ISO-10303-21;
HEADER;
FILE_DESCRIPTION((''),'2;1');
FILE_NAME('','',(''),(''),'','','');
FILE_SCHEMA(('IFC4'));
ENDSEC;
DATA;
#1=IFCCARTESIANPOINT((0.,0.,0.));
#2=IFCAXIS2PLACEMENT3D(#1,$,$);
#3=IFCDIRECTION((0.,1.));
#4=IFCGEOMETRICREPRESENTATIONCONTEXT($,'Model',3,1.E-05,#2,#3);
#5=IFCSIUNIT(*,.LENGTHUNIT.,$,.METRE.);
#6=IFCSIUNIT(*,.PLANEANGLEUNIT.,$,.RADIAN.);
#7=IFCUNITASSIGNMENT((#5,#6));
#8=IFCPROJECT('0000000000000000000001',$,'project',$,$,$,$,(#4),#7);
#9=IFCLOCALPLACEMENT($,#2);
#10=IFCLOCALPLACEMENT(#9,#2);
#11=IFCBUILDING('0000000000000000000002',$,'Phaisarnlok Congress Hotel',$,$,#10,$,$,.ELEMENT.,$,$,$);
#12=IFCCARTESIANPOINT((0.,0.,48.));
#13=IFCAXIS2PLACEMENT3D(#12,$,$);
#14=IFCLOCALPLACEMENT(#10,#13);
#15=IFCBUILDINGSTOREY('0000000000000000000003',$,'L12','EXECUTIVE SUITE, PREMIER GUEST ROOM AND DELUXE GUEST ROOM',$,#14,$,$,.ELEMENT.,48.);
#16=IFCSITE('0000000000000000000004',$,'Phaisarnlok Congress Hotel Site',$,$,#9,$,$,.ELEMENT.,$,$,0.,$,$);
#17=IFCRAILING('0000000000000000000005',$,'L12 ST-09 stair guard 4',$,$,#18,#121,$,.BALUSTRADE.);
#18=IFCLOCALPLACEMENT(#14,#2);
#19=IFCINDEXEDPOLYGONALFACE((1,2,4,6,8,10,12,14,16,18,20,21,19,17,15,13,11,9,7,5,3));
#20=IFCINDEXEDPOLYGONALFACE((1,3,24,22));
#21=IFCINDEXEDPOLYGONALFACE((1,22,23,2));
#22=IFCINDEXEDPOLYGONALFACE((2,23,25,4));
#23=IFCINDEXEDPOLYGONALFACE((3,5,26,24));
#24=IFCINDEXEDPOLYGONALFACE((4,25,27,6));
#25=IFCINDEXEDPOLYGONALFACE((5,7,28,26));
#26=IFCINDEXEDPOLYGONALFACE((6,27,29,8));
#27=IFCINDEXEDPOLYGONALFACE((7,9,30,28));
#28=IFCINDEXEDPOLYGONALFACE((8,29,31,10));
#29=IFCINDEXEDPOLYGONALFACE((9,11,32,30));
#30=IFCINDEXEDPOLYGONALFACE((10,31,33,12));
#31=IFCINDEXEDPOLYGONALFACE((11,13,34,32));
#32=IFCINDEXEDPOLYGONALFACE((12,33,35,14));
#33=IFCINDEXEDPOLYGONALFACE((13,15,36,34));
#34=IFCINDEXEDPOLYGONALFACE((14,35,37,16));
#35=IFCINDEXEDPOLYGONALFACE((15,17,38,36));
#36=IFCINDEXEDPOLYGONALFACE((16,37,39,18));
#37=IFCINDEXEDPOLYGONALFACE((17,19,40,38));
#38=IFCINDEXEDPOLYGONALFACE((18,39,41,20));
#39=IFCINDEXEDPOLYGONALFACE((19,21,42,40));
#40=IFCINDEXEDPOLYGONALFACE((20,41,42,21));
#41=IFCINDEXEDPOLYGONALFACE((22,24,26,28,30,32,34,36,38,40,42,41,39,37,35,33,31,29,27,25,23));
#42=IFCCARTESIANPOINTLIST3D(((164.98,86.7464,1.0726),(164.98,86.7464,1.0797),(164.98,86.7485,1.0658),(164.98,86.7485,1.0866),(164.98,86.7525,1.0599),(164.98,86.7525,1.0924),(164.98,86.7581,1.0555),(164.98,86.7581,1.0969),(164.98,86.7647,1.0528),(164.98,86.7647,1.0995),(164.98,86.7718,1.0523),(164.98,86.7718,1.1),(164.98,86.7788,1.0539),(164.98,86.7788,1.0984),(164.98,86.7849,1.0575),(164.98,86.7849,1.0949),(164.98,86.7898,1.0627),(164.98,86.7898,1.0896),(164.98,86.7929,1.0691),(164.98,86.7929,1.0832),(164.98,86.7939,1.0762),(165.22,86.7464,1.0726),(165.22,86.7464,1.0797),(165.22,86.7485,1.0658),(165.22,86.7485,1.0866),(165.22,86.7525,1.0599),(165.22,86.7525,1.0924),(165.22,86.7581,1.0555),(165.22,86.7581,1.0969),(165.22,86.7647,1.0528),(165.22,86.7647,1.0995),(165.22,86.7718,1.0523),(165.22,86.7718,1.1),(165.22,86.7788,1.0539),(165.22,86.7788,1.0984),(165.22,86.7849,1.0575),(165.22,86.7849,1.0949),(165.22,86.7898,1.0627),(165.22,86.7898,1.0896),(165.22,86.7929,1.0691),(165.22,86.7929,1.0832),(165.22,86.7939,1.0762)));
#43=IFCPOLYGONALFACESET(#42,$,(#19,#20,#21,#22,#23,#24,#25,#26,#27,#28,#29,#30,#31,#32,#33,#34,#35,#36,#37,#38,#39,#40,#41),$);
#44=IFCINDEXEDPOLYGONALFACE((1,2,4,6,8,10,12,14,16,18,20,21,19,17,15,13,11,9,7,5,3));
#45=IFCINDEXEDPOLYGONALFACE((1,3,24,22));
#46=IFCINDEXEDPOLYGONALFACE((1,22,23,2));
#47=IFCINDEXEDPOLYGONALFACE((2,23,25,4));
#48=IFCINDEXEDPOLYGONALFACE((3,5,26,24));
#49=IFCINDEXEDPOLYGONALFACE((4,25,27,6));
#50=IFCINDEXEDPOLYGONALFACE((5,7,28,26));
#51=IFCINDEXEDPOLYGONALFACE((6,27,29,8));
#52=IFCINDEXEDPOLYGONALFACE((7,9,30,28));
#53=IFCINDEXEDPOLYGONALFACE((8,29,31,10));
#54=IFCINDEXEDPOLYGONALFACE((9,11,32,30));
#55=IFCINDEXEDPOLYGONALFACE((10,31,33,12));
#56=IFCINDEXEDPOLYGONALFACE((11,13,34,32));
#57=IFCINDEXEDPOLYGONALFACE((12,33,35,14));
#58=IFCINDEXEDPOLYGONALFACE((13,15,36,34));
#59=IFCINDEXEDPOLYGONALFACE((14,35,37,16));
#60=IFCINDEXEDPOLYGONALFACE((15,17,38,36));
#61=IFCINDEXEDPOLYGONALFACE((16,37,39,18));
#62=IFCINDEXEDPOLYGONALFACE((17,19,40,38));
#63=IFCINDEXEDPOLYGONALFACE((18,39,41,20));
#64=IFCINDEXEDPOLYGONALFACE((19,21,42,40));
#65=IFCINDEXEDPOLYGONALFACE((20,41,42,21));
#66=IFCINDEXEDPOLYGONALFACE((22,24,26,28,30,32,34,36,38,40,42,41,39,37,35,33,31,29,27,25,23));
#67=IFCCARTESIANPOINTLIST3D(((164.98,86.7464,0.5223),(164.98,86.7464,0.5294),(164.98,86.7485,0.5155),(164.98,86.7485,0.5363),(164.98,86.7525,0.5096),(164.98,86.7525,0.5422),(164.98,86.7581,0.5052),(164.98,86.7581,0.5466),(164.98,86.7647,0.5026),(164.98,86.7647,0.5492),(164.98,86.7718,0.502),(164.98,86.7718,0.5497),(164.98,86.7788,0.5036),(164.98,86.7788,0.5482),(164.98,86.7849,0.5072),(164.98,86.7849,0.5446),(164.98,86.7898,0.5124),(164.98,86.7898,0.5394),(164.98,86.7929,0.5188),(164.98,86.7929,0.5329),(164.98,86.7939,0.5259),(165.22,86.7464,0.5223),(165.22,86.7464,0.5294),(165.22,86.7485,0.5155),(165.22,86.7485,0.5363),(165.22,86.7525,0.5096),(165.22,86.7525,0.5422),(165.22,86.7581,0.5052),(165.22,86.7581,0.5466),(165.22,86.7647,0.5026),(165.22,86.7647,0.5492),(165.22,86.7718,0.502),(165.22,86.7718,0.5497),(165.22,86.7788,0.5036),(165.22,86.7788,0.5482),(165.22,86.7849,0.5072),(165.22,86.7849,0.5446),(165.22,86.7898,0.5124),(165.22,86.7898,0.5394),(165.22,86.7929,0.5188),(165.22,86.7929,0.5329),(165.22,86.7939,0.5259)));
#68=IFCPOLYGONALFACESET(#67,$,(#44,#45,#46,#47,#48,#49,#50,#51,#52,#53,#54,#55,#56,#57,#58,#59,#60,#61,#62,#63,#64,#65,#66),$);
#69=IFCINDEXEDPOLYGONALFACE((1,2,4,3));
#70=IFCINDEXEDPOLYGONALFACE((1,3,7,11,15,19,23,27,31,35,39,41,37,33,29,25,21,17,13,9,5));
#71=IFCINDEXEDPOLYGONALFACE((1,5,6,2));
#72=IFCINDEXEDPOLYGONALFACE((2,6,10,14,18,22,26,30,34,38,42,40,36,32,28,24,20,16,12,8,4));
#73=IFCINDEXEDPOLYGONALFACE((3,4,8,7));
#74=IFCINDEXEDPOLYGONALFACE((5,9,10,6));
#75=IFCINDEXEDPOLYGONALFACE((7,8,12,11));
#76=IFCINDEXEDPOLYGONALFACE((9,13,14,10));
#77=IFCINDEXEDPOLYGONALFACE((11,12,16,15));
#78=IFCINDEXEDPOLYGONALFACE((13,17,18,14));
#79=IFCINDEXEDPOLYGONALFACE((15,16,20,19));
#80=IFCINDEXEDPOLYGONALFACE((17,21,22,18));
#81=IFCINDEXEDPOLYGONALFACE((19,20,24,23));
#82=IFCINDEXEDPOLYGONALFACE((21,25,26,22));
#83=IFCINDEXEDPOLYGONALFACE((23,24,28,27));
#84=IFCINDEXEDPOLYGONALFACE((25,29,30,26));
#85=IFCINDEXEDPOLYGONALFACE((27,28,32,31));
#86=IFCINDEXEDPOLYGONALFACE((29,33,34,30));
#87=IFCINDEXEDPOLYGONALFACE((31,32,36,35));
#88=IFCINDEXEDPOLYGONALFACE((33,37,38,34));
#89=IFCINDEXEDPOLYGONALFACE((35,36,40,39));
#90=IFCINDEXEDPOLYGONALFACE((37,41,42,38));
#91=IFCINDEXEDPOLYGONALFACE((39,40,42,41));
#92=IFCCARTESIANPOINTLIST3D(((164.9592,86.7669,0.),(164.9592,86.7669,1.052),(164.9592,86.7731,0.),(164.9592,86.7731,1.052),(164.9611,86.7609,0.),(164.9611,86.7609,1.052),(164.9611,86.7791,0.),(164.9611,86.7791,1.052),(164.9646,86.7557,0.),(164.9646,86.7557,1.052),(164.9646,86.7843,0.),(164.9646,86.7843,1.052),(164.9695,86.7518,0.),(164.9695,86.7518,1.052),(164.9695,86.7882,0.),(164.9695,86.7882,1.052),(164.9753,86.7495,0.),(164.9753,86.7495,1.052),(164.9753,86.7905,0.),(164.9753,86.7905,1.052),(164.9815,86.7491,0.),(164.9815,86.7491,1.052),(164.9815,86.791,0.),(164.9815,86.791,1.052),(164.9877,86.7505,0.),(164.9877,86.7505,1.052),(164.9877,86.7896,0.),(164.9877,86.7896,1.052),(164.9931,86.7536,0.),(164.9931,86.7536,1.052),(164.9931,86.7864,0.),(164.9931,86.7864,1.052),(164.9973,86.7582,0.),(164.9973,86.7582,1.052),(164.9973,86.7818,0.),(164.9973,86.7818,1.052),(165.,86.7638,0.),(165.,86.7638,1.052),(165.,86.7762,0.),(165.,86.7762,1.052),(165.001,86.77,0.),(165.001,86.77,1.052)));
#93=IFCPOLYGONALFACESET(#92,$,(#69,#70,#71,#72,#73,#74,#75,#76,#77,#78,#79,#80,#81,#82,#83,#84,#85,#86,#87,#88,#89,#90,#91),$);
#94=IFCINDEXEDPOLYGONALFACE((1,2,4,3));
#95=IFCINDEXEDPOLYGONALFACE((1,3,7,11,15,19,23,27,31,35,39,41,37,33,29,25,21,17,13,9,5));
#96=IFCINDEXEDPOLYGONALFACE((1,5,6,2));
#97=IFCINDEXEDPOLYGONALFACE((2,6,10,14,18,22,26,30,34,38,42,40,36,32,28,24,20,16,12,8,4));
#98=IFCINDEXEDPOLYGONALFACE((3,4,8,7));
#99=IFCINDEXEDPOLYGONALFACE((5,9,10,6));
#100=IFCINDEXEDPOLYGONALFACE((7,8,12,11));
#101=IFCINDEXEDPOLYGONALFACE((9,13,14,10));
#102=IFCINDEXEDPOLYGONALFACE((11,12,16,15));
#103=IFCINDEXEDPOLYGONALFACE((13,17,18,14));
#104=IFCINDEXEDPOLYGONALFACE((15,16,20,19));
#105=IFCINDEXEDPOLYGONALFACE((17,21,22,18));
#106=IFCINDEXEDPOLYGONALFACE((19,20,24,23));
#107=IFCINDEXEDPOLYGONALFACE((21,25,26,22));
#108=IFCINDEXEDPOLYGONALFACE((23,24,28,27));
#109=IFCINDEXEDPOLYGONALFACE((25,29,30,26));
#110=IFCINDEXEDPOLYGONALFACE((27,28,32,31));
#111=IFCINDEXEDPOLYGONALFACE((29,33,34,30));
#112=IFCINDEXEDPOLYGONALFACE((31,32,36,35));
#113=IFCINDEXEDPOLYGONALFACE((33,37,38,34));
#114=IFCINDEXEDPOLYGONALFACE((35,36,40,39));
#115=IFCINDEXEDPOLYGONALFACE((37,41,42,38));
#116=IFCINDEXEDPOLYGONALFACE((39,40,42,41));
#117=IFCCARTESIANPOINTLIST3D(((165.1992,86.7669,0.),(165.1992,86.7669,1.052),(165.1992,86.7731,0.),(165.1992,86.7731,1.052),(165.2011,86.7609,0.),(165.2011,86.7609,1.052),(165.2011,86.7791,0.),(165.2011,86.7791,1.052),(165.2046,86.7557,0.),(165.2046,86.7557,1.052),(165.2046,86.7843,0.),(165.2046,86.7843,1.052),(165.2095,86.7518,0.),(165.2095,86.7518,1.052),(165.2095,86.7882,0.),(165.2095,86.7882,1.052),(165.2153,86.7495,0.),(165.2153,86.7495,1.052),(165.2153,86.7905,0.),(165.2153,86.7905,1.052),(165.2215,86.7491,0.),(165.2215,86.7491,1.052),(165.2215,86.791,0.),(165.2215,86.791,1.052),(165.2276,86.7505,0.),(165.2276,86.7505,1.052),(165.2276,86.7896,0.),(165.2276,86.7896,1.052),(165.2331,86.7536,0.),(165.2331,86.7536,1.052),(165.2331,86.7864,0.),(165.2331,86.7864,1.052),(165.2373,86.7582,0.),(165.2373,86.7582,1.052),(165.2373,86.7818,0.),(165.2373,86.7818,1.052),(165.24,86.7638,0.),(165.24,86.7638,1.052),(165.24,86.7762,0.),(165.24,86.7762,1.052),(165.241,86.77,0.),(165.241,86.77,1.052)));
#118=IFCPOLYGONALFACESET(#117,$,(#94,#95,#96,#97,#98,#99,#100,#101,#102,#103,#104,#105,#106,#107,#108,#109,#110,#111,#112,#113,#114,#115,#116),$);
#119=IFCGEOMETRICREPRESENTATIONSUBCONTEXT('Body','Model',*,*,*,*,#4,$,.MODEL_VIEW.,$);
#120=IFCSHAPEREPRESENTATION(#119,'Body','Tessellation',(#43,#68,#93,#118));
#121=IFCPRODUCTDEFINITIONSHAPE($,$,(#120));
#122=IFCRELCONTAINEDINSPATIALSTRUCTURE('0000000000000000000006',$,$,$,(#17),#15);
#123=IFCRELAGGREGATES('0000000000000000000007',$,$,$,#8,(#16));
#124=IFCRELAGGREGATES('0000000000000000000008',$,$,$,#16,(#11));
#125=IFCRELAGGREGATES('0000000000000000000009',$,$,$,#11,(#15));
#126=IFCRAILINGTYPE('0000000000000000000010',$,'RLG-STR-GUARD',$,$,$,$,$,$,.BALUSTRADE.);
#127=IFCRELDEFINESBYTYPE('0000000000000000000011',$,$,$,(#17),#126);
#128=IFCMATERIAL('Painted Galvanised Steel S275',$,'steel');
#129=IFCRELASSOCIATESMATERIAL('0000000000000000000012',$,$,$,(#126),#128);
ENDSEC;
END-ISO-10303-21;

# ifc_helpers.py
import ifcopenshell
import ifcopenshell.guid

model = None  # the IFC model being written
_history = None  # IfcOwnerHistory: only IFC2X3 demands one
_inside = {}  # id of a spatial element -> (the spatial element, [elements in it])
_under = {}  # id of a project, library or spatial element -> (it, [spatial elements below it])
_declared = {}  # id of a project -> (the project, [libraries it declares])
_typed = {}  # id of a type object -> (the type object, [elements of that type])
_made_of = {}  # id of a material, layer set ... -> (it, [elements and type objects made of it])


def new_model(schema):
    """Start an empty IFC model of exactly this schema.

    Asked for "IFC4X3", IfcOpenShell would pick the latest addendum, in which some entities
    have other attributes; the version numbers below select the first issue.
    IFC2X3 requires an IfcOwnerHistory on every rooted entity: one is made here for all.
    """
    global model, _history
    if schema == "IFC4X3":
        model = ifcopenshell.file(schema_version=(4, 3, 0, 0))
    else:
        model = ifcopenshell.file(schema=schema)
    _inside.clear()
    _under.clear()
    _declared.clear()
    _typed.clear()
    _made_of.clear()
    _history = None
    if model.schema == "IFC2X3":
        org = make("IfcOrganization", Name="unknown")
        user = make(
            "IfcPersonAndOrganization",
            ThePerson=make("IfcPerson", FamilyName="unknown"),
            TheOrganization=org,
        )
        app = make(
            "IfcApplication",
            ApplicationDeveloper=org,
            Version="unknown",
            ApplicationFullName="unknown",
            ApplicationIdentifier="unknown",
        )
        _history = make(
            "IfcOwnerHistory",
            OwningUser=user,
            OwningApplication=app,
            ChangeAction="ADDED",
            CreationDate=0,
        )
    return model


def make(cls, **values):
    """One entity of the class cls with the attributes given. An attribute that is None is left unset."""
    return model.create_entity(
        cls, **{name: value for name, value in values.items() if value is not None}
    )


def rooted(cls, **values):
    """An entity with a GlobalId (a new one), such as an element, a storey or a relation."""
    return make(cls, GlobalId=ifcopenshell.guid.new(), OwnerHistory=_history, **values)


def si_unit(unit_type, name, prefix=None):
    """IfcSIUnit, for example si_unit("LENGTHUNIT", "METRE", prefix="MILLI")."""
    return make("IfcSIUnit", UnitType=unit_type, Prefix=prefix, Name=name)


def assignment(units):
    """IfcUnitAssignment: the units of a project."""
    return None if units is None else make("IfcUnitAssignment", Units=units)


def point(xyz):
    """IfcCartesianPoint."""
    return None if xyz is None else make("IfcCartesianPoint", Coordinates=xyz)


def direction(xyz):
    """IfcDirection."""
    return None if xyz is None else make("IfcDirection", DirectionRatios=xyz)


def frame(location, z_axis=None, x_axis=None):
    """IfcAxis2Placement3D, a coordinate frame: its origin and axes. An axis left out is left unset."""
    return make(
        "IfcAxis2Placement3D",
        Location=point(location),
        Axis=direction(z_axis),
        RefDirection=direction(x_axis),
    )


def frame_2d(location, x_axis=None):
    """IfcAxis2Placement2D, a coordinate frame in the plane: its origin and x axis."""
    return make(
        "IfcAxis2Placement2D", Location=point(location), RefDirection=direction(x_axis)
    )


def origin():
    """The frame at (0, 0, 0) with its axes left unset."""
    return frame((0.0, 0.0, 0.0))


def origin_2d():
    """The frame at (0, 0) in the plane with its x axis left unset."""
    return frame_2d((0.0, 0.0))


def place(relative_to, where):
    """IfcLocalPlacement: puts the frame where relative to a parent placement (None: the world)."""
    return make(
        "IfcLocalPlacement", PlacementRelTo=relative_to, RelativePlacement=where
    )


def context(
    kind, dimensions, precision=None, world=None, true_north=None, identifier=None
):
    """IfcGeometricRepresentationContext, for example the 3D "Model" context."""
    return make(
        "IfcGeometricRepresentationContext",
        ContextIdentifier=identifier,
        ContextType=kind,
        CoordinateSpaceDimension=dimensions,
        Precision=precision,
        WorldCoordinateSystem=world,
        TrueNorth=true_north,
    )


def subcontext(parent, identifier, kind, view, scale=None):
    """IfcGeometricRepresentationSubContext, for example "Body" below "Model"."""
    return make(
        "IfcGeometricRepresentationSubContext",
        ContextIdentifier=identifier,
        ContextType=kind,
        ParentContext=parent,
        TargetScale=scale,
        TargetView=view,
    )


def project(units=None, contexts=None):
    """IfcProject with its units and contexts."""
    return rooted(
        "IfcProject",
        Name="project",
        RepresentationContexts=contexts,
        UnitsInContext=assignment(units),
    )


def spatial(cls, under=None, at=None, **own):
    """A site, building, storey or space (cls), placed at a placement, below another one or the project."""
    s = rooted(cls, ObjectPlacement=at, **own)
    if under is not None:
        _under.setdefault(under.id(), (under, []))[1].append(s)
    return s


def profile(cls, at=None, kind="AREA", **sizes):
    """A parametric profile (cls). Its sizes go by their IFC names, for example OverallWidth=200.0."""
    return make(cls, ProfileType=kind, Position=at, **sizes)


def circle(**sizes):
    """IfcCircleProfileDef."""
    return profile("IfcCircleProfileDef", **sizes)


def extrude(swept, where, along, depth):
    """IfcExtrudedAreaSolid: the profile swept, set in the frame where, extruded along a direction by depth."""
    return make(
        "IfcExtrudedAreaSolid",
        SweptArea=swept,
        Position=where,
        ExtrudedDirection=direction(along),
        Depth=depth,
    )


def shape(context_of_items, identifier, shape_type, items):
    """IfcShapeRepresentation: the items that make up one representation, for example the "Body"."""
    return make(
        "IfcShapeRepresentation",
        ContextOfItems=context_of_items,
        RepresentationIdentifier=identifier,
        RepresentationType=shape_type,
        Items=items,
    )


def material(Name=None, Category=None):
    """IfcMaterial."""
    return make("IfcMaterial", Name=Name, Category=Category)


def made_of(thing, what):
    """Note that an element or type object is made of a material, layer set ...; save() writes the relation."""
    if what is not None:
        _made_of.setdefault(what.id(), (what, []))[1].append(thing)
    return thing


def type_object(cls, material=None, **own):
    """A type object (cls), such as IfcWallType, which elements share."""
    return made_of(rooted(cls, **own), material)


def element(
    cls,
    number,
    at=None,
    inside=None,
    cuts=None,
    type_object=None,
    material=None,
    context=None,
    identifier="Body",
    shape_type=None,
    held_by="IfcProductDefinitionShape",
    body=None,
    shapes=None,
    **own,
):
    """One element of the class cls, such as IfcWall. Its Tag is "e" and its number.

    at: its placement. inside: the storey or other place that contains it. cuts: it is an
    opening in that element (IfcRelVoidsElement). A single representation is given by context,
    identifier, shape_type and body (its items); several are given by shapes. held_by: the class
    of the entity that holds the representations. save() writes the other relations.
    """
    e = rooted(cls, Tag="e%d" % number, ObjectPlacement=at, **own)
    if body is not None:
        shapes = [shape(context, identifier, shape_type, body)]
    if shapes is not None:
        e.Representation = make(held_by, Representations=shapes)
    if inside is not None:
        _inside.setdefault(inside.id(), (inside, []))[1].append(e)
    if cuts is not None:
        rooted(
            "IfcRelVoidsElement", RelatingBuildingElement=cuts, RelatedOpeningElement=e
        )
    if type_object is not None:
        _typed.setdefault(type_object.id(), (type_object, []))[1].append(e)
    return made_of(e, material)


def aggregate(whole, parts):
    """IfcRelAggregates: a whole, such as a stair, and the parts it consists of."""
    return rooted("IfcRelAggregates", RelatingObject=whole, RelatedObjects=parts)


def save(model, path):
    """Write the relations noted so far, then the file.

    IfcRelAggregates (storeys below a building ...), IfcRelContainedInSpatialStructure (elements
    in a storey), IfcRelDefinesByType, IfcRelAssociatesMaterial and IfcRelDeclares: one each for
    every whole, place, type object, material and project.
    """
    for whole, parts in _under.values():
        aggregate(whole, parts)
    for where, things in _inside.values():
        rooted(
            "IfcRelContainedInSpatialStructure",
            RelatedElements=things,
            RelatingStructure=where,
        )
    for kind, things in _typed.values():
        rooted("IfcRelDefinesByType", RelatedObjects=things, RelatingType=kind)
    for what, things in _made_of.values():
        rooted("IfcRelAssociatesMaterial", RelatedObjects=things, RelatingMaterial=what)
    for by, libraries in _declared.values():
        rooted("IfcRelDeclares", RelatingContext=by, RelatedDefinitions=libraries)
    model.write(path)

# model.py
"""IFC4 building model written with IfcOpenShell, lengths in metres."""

from ifc_helpers import new_model, si_unit, direction, frame, origin, origin_2d, place, context, subcontext, project, spatial, circle, extrude, material, type_object, element, save


model = new_model("IFC4")

# Units and contexts
model_context = context("Model", 3, precision=1e-05, world=origin(), true_north=direction((0.0, 1.0)))
body_context = subcontext(model_context, "Body", "Model", "MODEL_VIEW")
ifc_project = project(units=[si_unit("LENGTHUNIT", "METRE"), si_unit("PLANEANGLEUNIT", "RADIAN")], contexts=[model_context])

# Site, building, storey
site_placement = place(None, origin())
site = spatial("IfcSite", under=ifc_project, at=site_placement, Name="Phaisarnlok Congress Hotel Site", CompositionType="ELEMENT", RefElevation=0.0)
building_placement = place(site_placement, origin())
building = spatial("IfcBuilding", under=site, at=building_placement, Name="Phaisarnlok Congress Hotel", CompositionType="ELEMENT")
storey_placement = place(building_placement, frame((0.0, 0.0, 48.0)))
storey = spatial("IfcBuildingStorey", under=building, at=storey_placement, Name="L12", Description="EXECUTIVE SUITE, PREMIER GUEST ROOM AND DELUXE GUEST ROOM", CompositionType="ELEMENT", Elevation=48.0)

# Railing
ifc_material_1 = material(Name="Painted Galvanised Steel S275", Category="steel")
railing_type_1 = type_object("IfcRailingType", Name="RLG-STR-GUARD", PredefinedType="BALUSTRADE", material=ifc_material_1)
railing_1_placement = place(storey_placement, frame((164.98, 86.77, 0.0)))
element("IfcRailing", 1, at=railing_1_placement, inside=storey, type_object=railing_type_1, Name="L12 ST-09 stair guard 4", PredefinedType="BALUSTRADE", context=body_context, shape_type="SweptSolid", body=[
    extrude(circle(Radius=0.0239, at=origin_2d()), frame((0.0, 0.0, 1.0762), z_axis=(1.0, 0.0, 0.0), x_axis=(0.0, 1.0, 0.0)), (0.0, 0.0, 1.0), 0.24),
    extrude(circle(Radius=0.0239, at=origin_2d()), frame((0.0, 0.0, 0.5259), z_axis=(1.0, 0.0, 0.0), x_axis=(0.0, 1.0, 0.0)), (0.0, 0.0, 1.0), 0.24),
    extrude(circle(Radius=0.021, at=origin_2d()), origin(), (0.0, 0.0, 1.0), 1.052),
    extrude(circle(Radius=0.021, at=origin_2d()), frame((0.24, 0.0, 0.0)), (0.0, 0.0, 1.0), 1.052),
])

save(model, "model.ifc")
